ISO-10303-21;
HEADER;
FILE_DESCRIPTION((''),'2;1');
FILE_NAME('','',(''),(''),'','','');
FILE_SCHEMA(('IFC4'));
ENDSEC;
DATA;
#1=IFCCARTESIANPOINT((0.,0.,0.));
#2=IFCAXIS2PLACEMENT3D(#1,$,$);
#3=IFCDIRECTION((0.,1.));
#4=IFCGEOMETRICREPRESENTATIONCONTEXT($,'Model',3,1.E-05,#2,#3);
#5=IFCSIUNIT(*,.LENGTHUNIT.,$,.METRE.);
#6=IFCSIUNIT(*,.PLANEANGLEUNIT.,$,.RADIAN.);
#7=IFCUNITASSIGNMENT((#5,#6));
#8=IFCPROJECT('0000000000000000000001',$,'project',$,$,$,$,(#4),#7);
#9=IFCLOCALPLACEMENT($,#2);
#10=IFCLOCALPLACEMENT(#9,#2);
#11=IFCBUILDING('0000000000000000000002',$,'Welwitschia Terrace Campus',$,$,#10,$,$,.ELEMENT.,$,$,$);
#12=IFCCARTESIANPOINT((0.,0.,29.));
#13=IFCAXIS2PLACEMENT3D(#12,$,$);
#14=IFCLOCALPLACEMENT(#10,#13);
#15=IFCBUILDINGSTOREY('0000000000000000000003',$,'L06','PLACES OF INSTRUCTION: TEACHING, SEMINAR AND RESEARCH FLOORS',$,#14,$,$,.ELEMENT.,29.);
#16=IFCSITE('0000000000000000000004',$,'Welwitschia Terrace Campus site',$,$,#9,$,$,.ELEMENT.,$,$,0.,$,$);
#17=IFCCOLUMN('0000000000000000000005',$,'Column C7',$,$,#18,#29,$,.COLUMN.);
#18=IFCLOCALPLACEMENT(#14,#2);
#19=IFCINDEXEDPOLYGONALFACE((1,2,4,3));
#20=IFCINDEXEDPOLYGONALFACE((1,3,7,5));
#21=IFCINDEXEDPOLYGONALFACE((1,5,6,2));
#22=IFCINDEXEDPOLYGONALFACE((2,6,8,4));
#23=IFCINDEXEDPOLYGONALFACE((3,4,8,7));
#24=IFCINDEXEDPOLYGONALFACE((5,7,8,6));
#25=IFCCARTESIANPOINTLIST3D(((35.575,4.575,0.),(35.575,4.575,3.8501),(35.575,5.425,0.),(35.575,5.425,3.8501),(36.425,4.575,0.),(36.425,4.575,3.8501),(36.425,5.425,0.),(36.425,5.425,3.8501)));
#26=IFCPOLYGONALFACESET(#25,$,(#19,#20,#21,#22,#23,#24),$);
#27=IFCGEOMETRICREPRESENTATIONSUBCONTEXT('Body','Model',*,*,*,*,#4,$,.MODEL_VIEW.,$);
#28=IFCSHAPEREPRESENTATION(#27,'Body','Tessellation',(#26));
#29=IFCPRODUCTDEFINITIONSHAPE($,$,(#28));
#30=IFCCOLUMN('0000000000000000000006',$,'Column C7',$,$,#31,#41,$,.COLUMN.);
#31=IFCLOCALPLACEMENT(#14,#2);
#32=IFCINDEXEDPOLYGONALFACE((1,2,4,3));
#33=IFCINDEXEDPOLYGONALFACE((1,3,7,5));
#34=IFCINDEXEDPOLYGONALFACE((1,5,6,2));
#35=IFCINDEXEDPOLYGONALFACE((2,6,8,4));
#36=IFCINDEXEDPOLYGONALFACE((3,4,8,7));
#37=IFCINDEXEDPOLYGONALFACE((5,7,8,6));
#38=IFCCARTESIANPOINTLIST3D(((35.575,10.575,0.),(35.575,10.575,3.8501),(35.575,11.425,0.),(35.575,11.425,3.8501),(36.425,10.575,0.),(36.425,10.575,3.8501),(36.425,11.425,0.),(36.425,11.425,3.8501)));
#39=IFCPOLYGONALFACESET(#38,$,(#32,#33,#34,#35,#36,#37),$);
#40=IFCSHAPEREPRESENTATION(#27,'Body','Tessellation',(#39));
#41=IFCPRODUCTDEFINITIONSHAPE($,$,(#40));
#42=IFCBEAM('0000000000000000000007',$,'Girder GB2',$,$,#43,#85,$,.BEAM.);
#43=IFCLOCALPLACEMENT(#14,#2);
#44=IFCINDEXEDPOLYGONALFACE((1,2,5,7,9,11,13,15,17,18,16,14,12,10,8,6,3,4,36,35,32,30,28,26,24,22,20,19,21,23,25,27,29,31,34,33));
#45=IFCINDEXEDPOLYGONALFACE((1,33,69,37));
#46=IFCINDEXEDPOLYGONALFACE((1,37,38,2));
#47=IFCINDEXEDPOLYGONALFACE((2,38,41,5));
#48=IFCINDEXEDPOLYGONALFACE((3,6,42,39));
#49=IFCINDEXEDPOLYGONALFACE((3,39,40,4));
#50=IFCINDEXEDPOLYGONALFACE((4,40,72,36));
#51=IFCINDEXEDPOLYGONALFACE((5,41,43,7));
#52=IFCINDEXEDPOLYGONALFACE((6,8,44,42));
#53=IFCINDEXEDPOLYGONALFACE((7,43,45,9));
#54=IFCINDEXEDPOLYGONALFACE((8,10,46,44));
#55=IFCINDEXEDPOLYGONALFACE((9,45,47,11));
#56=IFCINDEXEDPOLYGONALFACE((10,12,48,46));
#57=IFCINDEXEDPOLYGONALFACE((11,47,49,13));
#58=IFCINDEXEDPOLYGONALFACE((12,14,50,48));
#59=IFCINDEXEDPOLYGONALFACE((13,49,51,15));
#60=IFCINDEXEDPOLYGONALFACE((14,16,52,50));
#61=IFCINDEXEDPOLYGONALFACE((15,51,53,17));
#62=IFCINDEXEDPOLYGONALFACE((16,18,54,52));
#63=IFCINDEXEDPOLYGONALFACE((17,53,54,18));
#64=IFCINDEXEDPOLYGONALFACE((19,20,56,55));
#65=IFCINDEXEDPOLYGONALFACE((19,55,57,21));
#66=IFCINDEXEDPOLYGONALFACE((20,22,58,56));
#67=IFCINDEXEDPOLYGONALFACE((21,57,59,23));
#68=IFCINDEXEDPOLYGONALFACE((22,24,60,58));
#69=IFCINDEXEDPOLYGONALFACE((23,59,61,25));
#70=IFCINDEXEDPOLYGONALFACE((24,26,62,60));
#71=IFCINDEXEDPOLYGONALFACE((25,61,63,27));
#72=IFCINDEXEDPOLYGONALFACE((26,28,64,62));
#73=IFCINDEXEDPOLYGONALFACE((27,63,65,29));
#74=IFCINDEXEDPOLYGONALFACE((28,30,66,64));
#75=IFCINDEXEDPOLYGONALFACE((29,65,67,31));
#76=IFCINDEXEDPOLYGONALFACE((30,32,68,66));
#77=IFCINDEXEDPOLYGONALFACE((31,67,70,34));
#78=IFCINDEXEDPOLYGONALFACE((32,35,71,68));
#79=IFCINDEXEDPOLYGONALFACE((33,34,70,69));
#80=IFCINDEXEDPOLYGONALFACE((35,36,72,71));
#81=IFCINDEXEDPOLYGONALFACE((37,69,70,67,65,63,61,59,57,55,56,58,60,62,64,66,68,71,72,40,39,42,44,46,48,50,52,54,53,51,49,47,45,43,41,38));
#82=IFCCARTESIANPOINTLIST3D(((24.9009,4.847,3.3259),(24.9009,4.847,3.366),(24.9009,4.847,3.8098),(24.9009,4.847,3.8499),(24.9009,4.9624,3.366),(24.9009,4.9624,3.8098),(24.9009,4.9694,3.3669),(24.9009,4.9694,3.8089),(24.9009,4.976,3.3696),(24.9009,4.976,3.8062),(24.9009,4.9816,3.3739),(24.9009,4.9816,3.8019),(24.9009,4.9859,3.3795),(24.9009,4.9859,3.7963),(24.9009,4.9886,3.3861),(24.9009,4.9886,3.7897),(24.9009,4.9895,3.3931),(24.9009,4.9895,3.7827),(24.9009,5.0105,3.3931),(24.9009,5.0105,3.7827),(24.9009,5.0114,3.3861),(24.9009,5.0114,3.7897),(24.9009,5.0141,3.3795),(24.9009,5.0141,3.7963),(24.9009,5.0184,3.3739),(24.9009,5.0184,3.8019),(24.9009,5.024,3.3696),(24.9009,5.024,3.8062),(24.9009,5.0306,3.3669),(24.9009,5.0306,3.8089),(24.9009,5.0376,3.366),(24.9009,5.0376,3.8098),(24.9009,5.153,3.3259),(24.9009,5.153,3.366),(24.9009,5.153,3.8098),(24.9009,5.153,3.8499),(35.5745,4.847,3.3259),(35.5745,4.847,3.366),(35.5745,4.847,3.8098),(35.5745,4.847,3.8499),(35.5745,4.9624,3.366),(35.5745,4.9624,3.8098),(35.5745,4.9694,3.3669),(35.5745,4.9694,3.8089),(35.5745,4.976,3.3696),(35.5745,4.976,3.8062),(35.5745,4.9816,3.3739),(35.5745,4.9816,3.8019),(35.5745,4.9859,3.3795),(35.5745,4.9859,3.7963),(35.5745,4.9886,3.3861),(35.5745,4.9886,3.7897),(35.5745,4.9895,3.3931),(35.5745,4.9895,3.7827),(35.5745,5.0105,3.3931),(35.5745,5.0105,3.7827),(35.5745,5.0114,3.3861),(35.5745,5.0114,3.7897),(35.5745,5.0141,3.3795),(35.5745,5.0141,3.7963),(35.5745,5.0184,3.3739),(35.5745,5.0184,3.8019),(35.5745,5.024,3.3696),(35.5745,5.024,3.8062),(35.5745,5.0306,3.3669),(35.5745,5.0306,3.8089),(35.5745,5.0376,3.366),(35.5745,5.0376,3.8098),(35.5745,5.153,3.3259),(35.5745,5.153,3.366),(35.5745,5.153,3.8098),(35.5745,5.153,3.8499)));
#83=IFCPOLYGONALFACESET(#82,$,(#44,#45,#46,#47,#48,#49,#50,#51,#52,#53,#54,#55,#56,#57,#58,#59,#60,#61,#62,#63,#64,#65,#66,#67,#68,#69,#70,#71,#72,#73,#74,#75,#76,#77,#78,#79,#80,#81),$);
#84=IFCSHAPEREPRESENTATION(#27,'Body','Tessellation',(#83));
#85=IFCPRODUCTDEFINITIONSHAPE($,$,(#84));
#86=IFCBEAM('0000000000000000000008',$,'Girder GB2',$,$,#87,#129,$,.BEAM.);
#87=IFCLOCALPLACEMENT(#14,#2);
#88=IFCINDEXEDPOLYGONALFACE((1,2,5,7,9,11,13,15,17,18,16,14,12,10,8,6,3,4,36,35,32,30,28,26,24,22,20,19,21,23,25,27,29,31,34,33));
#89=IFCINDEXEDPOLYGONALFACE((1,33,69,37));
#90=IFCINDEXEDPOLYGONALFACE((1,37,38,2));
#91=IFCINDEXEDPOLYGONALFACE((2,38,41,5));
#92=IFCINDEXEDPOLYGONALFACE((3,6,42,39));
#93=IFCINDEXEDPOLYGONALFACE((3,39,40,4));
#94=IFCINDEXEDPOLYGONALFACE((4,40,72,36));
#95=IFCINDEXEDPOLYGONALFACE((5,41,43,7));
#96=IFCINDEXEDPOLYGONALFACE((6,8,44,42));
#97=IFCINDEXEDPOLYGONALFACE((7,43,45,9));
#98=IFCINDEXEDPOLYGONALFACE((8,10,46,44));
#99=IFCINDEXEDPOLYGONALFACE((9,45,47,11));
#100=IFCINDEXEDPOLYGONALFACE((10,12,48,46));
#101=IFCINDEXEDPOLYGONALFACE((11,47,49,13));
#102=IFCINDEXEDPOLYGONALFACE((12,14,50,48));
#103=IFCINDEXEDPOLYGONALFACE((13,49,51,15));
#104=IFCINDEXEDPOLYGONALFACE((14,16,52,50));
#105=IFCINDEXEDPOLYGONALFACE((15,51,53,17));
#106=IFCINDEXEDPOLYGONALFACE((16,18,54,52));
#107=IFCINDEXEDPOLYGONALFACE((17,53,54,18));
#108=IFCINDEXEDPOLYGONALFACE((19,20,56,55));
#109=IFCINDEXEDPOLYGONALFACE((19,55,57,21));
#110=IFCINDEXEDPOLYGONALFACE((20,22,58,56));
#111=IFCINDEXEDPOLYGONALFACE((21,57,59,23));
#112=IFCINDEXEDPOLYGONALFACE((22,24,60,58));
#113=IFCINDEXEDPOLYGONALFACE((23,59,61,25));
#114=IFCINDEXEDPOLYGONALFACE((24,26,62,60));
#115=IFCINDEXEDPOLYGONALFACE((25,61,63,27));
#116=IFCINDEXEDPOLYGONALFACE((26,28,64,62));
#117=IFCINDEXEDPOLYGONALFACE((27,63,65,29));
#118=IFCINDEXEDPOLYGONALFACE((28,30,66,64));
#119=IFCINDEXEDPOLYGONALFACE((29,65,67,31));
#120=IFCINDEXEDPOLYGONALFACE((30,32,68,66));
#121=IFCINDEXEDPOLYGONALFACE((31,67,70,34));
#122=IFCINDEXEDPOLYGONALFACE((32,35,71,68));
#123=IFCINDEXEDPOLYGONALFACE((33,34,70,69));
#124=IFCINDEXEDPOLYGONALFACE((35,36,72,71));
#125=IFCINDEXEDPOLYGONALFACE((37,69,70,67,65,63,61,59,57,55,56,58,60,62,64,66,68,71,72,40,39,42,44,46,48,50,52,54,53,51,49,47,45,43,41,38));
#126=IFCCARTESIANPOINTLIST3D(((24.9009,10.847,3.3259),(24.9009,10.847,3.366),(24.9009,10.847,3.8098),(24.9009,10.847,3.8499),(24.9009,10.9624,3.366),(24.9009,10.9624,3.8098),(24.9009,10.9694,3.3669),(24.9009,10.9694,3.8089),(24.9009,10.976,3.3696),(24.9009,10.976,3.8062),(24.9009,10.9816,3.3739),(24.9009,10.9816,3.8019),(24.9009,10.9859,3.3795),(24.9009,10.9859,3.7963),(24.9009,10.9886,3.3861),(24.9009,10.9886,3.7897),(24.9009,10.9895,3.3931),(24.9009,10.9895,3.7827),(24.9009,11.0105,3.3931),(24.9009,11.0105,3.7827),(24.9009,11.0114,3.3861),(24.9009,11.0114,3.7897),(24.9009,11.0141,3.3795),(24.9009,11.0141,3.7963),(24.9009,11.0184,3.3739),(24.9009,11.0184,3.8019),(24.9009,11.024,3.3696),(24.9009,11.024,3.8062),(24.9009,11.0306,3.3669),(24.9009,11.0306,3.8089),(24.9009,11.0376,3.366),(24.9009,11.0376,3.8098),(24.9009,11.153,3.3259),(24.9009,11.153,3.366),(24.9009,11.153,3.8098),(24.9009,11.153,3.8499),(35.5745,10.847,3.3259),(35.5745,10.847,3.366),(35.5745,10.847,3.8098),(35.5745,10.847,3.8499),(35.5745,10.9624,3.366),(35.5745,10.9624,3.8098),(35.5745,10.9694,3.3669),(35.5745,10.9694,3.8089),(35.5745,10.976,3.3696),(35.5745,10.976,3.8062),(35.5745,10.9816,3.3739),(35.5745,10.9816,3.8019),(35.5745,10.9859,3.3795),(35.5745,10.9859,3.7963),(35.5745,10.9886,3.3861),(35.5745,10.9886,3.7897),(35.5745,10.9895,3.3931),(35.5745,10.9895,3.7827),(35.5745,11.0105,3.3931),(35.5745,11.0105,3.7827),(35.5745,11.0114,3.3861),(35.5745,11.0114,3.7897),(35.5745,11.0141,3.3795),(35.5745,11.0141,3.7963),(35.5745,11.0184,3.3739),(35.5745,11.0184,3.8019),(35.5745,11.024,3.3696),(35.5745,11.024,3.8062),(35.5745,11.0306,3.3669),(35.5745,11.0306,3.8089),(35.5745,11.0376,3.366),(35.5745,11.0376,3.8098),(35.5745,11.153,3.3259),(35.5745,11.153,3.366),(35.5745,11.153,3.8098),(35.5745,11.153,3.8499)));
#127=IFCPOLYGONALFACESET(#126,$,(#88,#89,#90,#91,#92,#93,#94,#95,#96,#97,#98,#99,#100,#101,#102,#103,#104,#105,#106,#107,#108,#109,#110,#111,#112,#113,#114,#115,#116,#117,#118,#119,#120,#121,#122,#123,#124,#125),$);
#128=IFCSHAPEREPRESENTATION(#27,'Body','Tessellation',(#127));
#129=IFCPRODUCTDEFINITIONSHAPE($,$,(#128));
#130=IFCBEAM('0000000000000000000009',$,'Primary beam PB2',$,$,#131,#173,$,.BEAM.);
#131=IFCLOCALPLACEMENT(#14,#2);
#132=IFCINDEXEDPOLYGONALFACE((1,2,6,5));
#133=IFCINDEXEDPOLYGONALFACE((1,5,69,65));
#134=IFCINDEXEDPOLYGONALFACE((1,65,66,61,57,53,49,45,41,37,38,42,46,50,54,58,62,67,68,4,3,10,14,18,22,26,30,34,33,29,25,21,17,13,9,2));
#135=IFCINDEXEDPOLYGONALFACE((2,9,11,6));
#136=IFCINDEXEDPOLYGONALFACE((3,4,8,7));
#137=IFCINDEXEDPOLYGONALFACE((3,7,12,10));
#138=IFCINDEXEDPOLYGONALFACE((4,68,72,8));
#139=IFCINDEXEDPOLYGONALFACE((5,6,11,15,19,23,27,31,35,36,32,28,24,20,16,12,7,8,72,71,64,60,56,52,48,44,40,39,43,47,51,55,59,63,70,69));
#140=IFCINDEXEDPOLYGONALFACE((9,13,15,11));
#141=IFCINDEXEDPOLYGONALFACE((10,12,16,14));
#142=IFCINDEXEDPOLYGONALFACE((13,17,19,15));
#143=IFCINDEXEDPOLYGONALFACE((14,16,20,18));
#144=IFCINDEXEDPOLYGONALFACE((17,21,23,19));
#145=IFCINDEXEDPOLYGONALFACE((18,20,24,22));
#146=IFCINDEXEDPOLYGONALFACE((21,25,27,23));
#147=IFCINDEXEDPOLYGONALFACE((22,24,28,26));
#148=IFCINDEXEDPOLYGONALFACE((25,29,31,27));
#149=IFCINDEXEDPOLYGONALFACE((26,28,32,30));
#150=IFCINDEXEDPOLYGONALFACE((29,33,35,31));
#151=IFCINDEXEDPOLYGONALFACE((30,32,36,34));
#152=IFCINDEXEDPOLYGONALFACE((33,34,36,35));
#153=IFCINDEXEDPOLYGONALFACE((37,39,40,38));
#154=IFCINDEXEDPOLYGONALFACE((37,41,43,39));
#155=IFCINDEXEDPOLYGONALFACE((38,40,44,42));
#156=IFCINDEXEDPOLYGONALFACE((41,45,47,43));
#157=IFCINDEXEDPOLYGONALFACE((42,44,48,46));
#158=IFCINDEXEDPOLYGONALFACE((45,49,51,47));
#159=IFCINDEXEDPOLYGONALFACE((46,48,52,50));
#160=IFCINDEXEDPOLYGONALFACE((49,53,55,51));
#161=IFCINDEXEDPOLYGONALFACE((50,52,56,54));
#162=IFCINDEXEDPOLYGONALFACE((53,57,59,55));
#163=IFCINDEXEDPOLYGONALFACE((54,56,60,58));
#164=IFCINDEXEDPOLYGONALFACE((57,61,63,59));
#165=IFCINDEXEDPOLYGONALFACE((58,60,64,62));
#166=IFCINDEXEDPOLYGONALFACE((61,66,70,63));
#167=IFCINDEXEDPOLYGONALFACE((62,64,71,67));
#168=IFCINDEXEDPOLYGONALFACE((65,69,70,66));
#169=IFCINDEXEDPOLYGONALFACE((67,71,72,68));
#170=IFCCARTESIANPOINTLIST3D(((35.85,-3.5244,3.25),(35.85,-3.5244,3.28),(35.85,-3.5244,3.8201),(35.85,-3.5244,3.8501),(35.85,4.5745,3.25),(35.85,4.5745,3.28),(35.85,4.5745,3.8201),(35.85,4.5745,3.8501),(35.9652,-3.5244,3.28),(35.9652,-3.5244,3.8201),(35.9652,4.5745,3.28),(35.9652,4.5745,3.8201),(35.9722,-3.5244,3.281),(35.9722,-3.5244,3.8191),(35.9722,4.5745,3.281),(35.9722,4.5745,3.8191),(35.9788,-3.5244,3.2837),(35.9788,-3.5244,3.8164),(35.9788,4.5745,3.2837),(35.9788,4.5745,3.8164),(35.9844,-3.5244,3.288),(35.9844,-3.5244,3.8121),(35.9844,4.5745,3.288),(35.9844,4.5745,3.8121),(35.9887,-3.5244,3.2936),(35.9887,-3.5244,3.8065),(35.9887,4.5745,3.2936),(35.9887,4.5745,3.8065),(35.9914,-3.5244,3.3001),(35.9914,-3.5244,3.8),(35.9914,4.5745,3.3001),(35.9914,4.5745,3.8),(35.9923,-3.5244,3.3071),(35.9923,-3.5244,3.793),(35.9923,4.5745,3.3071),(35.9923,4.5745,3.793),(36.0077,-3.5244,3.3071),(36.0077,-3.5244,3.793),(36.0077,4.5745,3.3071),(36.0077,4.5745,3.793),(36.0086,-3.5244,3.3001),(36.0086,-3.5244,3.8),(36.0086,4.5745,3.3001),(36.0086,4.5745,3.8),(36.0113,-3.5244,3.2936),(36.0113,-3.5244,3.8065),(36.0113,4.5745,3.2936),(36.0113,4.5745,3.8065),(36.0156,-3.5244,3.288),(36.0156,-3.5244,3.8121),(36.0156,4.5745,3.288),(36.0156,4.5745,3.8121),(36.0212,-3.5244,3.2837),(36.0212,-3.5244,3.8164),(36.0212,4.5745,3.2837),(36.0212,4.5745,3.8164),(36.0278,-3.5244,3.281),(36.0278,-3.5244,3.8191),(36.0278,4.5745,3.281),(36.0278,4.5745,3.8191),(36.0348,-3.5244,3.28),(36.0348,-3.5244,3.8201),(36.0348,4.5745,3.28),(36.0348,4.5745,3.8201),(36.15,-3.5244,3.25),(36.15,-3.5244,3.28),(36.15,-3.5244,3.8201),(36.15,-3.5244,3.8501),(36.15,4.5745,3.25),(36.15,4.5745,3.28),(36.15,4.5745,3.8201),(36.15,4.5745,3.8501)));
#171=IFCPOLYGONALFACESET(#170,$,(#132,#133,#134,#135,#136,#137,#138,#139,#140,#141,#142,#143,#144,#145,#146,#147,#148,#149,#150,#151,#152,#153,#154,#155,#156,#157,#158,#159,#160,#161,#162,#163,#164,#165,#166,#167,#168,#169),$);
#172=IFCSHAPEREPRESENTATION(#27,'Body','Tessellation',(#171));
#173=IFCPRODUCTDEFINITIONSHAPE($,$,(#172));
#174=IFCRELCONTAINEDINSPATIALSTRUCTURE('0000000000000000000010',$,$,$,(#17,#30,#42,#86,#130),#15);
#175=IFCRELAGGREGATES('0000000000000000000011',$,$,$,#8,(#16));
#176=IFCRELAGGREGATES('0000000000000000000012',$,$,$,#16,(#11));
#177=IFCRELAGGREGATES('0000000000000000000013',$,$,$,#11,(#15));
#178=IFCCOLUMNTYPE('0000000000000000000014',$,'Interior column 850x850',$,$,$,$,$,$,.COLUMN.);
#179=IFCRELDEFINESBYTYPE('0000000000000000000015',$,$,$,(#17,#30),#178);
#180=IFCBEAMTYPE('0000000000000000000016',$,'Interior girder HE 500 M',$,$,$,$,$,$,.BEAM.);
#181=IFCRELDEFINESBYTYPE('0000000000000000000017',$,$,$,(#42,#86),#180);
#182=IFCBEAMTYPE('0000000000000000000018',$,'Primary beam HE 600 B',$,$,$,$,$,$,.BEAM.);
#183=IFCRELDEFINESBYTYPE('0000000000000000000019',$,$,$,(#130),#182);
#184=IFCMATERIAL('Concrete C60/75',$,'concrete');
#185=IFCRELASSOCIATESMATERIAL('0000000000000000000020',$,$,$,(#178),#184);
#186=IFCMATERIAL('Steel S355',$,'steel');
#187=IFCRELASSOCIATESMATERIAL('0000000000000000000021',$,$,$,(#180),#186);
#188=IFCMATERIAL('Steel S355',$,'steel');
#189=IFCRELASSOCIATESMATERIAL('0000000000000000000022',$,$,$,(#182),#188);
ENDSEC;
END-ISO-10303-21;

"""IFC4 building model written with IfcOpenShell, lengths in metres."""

from ifc_helpers import new_model, si_unit, direction, frame, origin, origin_2d, place, context, subcontext, project, spatial, rectangle, i_section, extrude, material, material_profile, profile_set, type_object, element, save


model = new_model("IFC4")

# Units and contexts
model_context = context("Model", 3, precision=1e-05, world=origin(), true_north=direction((0.0, 1.0)))
body_context = subcontext(model_context, "Body", "Model", "MODEL_VIEW")
ifc_project = project(units=[si_unit("LENGTHUNIT", "METRE"), si_unit("PLANEANGLEUNIT", "RADIAN")], contexts=[model_context])

# Site, building, storey
site_placement = place(None, origin())
site = spatial("IfcSite", under=ifc_project, at=site_placement, Name="Welwitschia Terrace Campus site", CompositionType="ELEMENT", RefElevation=0.0)
building_placement = place(site_placement, origin())
building = spatial("IfcBuilding", under=site, at=building_placement, Name="Welwitschia Terrace Campus", CompositionType="ELEMENT")
storey_placement = place(building_placement, frame((0.0, 0.0, 29.0)))
storey = spatial("IfcBuildingStorey", under=building, at=storey_placement, Name="L06", Description="PLACES OF INSTRUCTION: TEACHING, SEMINAR AND RESEARCH FLOORS", CompositionType="ELEMENT", Elevation=29.0)

# Columns
ifc_material_1 = material(Name="Concrete C60/75", Category="concrete")
ifc_material_profile_1 = material_profile(ifc_material_1, rectangle(XDim=0.8501, YDim=0.8501, at=origin_2d()))
ifc_profile_set_1 = profile_set([ifc_material_profile_1], Name="Concrete C60/75")
column_type = type_object("IfcColumnType", Name="Interior column 850x850", PredefinedType="COLUMN", material=ifc_profile_set_1)
for number, where, z_axis, x_axis, name in (
    (1, (36.0, 5.0, 0.0), (0.0, 0.0, 1.0), (1.0, 0.0, 0.0), "Column C7"),
    (2, (36.0, 11.0, 0.0), (0.0, 0.0, 1.0), (1.0, 0.0, 0.0), "Column C7"),
):
    element("IfcColumn", number, at=place(storey_placement, frame(where, z_axis=z_axis, x_axis=x_axis)), inside=storey, type_object=column_type, Name=name, PredefinedType="COLUMN", context=body_context, shape_type="SweptSolid", body=[
        extrude(rectangle(XDim=0.8501, YDim=0.8501, at=origin_2d()), origin(), (0.0, 0.0, 1.0), 3.8501),
    ])

# Beams
ifc_material_2 = material(Name="Steel S355", Category="steel")
ifc_material_profile_2 = material_profile(ifc_material_2, i_section(OverallWidth=0.3059, OverallDepth=0.5239, WebThickness=0.021, FlangeThickness=0.04, FilletRadius=0.0271, at=origin_2d()))
ifc_profile_set_2 = profile_set([ifc_material_profile_2], Name="Steel S355")
beam_type_1 = type_object("IfcBeamType", Name="Interior girder HE 500 M", PredefinedType="BEAM", material=ifc_profile_set_2)
for number, where, z_axis, x_axis, name in (
    (3, (24.9009, 5.0, 3.5879), (1.0, 0.0, 0.0), (0.0, 1.0, 0.0), "Girder GB2"),
    (4, (24.9009, 11.0, 3.5879), (1.0, 0.0, 0.0), (0.0, 1.0, 0.0), "Girder GB2"),
):
    element("IfcBeam", number, at=place(storey_placement, frame(where, z_axis=z_axis, x_axis=x_axis)), inside=storey, type_object=beam_type_1, Name=name, PredefinedType="BEAM", context=body_context, shape_type="SweptSolid", body=[
        extrude(i_section(OverallWidth=0.3059, OverallDepth=0.5239, WebThickness=0.021, FlangeThickness=0.04, FilletRadius=0.0271, at=origin_2d()), origin(), (0.0, 0.0, 1.0), 10.6736),
    ])
ifc_material_3 = material(Name="Steel S355", Category="steel")
ifc_material_profile_3 = material_profile(ifc_material_3, i_section(OverallWidth=0.3, OverallDepth=0.6001, WebThickness=0.0154, FlangeThickness=0.03, FilletRadius=0.0271, at=origin_2d()))
ifc_profile_set_3 = profile_set([ifc_material_profile_3], Name="Steel S355")
beam_type_2 = type_object("IfcBeamType", Name="Primary beam HE 600 B", PredefinedType="BEAM", material=ifc_profile_set_3)
beam_placement = place(storey_placement, frame((36.0, -3.5244, 3.55), z_axis=(0.0, 1.0, 0.0), x_axis=(-1.0, 0.0, 0.0)))
element("IfcBeam", 5, at=beam_placement, inside=storey, type_object=beam_type_2, Name="Primary beam PB2", PredefinedType="BEAM", context=body_context, shape_type="SweptSolid", body=[
    extrude(i_section(OverallWidth=0.3, OverallDepth=0.6001, WebThickness=0.0154, FlangeThickness=0.03, FilletRadius=0.0271, at=origin_2d()), origin(), (0.0, 0.0, 1.0), 8.0989),
])

save(model, "model.ifc")
